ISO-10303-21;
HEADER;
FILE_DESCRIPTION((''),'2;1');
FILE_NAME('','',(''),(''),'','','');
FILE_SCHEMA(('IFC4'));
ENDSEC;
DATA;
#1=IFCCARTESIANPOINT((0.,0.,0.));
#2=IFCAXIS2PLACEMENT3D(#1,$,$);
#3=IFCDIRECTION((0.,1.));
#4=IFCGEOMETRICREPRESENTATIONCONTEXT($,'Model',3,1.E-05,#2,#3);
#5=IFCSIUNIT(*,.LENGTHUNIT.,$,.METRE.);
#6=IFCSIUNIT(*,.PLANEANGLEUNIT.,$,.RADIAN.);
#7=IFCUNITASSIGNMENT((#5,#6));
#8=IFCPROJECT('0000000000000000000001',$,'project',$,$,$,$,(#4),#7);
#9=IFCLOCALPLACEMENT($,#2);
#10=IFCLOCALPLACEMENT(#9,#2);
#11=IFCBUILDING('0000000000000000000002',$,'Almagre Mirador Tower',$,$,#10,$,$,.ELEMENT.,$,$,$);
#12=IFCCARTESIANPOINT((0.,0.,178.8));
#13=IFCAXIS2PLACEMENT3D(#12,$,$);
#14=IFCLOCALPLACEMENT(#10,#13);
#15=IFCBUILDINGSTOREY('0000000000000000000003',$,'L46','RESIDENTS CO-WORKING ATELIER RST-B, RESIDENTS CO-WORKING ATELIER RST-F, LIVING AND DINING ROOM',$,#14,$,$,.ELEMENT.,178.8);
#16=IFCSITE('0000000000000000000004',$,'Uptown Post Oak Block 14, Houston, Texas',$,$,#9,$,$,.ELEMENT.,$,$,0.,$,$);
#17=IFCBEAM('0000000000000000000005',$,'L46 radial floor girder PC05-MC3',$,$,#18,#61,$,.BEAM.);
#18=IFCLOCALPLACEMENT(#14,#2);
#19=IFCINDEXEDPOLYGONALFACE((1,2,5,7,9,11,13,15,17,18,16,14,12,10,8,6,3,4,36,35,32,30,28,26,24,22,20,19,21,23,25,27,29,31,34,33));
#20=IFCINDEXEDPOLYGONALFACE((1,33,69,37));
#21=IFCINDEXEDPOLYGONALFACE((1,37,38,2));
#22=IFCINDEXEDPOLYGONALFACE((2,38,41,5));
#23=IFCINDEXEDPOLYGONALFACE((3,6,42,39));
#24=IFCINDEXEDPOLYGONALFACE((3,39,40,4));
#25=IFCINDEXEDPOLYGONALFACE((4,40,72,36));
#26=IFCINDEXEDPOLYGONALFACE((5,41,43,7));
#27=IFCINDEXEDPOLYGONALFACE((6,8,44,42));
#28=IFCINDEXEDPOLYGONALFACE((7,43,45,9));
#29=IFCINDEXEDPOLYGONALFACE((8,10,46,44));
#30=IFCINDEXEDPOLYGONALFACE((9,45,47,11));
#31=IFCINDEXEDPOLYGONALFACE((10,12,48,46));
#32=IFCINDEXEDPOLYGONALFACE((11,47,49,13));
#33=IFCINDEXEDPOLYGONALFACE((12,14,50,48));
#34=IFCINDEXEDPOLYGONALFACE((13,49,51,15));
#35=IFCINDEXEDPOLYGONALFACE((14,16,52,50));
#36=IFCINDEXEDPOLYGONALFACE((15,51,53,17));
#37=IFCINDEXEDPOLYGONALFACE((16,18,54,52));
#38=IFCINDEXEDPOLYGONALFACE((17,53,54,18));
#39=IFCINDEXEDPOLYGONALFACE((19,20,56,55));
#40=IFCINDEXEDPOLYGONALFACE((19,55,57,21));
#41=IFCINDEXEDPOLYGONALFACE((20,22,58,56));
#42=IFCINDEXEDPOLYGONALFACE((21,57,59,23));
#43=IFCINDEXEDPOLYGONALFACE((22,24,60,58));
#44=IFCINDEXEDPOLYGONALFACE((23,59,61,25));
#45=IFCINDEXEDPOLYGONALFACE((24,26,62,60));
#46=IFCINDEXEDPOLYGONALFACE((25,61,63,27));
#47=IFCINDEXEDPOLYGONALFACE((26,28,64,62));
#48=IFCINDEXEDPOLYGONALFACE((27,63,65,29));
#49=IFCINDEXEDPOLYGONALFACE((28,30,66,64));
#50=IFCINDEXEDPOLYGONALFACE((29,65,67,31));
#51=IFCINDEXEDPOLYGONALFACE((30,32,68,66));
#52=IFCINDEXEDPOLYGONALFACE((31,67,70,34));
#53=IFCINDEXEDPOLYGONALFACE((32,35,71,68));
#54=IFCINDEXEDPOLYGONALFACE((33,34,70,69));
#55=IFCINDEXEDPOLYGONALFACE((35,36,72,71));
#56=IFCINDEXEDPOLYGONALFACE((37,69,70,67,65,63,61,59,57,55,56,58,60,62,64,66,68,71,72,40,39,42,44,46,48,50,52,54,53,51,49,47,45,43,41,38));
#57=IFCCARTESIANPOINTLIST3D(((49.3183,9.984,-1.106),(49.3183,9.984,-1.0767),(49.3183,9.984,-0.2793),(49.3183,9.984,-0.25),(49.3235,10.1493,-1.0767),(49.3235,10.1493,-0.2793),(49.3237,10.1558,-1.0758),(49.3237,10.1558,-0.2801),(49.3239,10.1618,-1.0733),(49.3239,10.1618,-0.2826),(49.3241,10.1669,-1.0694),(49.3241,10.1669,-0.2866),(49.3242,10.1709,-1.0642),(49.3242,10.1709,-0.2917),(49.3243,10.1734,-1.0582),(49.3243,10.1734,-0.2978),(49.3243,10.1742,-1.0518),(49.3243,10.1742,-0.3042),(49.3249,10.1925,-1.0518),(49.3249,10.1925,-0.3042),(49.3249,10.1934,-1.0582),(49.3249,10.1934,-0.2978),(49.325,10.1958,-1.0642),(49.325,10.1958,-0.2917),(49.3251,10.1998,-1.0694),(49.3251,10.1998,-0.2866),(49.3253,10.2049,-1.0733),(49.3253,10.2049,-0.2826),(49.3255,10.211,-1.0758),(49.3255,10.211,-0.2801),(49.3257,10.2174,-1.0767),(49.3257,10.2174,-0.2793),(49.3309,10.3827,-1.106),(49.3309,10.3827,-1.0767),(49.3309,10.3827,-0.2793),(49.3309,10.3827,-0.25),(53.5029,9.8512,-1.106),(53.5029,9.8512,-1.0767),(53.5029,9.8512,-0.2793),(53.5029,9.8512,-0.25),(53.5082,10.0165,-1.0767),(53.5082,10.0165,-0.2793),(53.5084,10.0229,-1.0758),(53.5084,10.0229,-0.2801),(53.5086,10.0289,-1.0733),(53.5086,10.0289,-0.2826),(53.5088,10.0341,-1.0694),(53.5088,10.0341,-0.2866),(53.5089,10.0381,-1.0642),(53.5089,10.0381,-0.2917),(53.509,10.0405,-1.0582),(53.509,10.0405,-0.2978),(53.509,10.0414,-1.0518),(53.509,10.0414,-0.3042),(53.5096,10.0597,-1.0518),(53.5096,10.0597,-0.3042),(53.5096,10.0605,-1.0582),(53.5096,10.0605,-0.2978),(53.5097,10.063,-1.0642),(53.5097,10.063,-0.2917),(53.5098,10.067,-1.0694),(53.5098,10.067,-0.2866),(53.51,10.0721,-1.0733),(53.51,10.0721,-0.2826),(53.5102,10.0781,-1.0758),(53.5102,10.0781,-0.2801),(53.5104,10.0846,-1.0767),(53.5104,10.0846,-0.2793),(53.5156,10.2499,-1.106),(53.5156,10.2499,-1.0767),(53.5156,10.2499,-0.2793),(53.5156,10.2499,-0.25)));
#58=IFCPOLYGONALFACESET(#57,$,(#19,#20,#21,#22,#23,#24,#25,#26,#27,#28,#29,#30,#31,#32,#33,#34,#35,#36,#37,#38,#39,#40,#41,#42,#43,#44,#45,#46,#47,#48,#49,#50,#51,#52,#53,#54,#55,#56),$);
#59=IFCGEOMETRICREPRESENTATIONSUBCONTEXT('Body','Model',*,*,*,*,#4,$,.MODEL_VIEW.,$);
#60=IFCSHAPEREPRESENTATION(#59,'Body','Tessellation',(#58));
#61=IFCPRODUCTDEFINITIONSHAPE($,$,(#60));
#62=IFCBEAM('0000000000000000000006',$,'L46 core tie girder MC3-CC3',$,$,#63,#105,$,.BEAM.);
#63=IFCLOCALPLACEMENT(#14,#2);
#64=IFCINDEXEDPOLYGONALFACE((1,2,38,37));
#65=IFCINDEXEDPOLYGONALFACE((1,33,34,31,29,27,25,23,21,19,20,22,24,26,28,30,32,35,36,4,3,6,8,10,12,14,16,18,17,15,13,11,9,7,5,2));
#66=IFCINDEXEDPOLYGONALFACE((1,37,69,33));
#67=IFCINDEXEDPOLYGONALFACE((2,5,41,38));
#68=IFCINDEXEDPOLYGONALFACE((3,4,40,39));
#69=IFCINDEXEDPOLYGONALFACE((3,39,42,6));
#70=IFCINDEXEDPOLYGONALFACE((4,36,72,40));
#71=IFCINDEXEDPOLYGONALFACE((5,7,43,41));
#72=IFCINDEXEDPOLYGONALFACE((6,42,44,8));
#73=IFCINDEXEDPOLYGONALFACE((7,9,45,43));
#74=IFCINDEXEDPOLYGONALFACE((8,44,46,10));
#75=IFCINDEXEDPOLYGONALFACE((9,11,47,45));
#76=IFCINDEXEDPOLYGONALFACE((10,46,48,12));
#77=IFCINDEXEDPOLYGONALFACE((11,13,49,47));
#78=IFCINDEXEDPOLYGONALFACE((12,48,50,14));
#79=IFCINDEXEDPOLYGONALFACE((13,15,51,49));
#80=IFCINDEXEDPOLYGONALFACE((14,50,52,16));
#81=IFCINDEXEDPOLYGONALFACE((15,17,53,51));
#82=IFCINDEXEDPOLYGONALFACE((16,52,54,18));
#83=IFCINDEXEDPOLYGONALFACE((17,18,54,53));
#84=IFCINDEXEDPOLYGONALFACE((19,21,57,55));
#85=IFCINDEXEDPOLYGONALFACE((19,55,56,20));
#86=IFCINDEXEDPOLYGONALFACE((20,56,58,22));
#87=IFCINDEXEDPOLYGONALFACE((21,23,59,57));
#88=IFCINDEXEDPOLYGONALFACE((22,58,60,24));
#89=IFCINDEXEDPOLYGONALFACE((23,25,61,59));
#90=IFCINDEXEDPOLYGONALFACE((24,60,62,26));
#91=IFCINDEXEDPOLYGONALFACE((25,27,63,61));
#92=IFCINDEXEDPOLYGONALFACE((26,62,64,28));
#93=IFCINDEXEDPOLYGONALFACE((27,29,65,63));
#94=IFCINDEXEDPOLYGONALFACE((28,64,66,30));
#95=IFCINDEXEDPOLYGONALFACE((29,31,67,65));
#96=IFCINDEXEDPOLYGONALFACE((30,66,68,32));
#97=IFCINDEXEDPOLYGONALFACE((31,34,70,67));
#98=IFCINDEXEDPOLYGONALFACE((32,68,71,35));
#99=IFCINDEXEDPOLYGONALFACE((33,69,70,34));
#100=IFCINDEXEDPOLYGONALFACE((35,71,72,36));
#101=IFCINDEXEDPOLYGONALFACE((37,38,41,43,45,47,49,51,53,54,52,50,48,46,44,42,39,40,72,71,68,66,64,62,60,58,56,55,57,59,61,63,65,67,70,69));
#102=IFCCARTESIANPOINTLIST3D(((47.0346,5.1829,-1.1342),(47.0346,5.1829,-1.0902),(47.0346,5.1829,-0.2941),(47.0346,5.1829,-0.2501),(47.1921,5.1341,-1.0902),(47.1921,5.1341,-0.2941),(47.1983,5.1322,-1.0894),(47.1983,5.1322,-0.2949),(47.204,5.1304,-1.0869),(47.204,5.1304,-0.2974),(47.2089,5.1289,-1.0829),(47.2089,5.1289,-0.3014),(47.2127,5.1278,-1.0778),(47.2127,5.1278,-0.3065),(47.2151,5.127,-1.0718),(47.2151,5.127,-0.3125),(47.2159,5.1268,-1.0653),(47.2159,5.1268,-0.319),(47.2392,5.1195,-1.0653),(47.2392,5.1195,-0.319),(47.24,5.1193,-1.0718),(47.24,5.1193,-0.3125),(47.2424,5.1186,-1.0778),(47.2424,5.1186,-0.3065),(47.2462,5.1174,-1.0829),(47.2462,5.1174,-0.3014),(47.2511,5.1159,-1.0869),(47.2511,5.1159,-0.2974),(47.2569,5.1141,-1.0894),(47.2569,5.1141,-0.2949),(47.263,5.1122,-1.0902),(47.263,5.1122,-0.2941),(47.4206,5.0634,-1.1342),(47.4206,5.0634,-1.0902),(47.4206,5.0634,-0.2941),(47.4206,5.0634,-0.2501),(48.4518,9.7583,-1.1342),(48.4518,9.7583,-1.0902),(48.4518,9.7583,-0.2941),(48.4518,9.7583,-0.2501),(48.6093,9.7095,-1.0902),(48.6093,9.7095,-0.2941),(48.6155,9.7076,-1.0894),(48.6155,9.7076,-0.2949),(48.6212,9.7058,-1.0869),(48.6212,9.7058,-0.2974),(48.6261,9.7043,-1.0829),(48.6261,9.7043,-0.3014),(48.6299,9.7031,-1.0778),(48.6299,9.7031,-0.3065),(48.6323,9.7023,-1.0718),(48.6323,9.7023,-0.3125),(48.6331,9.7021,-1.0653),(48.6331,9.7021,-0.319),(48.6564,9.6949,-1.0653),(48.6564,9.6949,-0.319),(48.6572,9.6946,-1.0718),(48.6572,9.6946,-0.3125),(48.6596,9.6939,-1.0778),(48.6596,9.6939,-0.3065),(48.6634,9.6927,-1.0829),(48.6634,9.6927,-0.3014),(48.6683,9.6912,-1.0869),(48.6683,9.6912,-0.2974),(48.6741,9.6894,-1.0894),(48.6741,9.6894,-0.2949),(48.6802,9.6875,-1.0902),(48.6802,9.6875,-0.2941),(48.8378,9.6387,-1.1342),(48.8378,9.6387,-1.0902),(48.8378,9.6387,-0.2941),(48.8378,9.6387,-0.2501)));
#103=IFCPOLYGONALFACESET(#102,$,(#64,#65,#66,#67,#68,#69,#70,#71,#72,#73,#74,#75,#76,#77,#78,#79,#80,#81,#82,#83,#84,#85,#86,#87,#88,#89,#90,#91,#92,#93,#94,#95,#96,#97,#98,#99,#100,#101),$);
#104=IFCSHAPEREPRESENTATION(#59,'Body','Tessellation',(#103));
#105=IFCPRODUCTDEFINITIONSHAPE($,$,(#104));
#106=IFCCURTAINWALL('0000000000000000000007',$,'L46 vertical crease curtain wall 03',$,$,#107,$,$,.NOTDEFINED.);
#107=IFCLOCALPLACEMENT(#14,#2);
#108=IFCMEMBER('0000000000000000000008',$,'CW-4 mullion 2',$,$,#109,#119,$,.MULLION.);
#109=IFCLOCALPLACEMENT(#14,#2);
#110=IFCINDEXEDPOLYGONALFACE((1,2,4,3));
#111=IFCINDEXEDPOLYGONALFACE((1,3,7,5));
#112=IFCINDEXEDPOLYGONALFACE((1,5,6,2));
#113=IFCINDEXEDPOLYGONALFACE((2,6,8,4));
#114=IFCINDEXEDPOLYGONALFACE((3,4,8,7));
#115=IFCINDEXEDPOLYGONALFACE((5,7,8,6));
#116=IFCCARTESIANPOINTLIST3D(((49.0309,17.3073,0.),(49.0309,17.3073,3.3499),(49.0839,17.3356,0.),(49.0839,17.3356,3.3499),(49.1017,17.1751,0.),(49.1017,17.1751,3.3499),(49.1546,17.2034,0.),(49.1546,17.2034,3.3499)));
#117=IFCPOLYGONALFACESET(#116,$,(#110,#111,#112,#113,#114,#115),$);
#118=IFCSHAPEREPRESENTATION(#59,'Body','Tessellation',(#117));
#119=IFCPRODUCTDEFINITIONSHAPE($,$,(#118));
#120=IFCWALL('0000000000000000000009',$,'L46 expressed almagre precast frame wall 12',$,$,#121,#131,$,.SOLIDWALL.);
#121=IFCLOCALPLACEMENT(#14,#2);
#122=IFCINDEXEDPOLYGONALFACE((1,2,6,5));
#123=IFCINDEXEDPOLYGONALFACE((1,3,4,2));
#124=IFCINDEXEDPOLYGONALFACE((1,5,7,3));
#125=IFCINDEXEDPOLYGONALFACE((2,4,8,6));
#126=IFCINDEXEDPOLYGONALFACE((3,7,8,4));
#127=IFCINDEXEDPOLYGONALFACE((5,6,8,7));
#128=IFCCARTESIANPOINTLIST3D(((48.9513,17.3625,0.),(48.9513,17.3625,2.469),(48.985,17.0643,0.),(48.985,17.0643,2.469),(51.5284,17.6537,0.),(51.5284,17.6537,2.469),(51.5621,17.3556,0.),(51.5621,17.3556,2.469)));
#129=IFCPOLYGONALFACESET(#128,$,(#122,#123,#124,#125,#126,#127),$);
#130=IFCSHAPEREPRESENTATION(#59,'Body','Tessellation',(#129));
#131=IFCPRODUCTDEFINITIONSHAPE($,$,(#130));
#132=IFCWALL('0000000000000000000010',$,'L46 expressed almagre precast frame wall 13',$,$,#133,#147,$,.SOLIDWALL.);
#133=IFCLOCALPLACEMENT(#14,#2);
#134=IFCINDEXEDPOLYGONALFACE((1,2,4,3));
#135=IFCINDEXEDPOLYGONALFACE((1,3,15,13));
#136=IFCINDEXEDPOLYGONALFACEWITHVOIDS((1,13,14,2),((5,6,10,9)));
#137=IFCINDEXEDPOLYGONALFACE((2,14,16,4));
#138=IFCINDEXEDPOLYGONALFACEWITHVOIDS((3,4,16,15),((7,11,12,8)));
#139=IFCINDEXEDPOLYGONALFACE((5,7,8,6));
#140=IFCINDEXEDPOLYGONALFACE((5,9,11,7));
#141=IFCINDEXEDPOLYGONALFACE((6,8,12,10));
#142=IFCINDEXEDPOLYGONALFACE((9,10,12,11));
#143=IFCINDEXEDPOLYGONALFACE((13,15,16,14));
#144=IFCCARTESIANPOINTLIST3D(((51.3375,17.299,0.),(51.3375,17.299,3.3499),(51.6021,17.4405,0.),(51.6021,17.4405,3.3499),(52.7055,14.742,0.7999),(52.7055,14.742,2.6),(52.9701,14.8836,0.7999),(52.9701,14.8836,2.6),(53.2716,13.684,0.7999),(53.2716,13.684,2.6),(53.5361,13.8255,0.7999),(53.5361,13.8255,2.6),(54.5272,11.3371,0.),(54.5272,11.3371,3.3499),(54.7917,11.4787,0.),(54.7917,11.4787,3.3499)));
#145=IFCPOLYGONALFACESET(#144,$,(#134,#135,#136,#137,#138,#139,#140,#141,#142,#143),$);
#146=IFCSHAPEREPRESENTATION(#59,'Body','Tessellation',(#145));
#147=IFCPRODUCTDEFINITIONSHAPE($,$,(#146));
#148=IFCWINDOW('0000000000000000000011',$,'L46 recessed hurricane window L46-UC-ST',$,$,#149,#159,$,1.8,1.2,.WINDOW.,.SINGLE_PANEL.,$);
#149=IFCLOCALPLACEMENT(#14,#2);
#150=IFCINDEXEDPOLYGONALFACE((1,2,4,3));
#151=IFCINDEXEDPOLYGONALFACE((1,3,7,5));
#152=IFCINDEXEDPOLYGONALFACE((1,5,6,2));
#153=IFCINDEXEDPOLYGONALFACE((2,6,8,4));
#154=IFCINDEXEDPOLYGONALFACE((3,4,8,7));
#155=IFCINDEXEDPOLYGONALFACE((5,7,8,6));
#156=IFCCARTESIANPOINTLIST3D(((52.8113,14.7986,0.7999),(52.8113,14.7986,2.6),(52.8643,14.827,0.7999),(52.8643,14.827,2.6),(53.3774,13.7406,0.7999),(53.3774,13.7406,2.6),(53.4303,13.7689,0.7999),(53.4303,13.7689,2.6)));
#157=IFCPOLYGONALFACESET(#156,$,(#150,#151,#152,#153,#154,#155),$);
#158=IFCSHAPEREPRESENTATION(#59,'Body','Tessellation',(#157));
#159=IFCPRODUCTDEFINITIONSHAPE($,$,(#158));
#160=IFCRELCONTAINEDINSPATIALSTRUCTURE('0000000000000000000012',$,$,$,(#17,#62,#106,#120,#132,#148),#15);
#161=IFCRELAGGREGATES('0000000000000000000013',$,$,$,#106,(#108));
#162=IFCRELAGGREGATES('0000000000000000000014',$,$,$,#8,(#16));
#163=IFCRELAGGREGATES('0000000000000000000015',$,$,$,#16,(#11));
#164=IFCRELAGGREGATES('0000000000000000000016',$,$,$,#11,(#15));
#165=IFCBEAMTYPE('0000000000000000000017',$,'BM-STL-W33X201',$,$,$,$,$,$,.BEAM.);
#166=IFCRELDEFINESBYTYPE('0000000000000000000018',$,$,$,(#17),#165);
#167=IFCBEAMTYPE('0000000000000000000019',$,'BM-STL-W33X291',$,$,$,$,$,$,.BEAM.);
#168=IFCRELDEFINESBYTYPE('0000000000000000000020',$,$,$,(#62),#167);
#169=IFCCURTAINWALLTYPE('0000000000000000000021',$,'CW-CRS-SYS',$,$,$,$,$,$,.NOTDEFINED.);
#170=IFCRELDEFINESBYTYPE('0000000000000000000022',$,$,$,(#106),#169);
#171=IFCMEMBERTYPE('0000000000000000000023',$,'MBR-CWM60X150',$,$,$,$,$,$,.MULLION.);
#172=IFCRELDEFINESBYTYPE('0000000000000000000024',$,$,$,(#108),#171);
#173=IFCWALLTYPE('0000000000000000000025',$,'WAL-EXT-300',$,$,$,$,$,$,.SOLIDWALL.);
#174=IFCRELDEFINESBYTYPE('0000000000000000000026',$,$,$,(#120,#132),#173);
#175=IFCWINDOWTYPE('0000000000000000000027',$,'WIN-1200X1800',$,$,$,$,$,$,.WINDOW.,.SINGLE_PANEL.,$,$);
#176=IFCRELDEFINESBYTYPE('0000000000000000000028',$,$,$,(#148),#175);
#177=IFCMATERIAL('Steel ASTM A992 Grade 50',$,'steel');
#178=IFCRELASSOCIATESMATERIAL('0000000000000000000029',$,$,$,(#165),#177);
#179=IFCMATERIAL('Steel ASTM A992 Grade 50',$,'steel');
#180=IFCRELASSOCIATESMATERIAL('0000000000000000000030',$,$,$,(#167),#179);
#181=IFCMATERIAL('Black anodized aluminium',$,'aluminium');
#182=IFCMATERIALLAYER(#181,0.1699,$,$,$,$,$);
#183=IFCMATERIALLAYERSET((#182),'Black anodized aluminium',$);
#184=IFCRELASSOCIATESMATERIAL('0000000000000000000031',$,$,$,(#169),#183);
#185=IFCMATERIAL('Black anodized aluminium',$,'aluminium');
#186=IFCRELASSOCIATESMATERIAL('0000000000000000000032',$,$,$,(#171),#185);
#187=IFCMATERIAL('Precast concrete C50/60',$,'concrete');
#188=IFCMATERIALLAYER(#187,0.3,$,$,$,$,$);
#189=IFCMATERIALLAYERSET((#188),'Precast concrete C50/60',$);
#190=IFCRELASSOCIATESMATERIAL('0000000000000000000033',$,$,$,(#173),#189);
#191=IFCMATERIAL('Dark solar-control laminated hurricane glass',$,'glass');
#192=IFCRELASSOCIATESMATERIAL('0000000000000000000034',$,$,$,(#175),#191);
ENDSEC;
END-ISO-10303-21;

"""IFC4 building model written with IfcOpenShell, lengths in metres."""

from ifc_helpers import new_model, si_unit, direction, frame, frame_2d, origin, origin_2d, place, context, subcontext, project, spatial, rectangle, i_section, extrude, material, layer, layer_set, material_profile, profile_set, type_object, element, fill, aggregate, save


model = new_model("IFC4")

# Units and contexts
model_context = context("Model", 3, precision=1e-05, world=origin(), true_north=direction((0.0, 1.0)))
body_context = subcontext(model_context, "Body", "Model", "MODEL_VIEW")
ifc_project = project(units=[si_unit("LENGTHUNIT", "METRE"), si_unit("PLANEANGLEUNIT", "RADIAN")], contexts=[model_context])

# Site, building, storey
site_placement = place(None, origin())
site = spatial("IfcSite", under=ifc_project, at=site_placement, Name="Uptown Post Oak Block 14, Houston, Texas", CompositionType="ELEMENT", RefElevation=0.0)
building_placement = place(site_placement, origin())
building = spatial("IfcBuilding", under=site, at=building_placement, Name="Almagre Mirador Tower", CompositionType="ELEMENT")
storey_placement = place(building_placement, frame((0.0, 0.0, 178.8)))
storey = spatial("IfcBuildingStorey", under=building, at=storey_placement, Name="L46", Description="RESIDENTS CO-WORKING ATELIER RST-B, RESIDENTS CO-WORKING ATELIER RST-F, LIVING AND DINING ROOM", CompositionType="ELEMENT", Elevation=178.8)

# Beams
ifc_material_1 = material(Name="Steel ASTM A992 Grade 50", Category="steel")
ifc_material_profile_1 = material_profile(ifc_material_1, i_section(OverallWidth=0.3989, OverallDepth=0.856, WebThickness=0.0183, FlangeThickness=0.0293, FilletRadius=0.0249, at=origin_2d()), Name="W33X201")
ifc_profile_set_1 = profile_set([ifc_material_profile_1], Name="Steel ASTM A992 Grade 50")
beam_type_1 = type_object("IfcBeamType", Name="BM-STL-W33X201", PredefinedType="BEAM", material=ifc_profile_set_1)
beam_1_placement = place(storey_placement, frame((53.5093, 10.0505, -0.678), z_axis=(-0.999497, 0.031723, 0.0), x_axis=(-0.031723, -0.999497, 0.0)))
element("IfcBeam", 1, at=beam_1_placement, inside=storey, type_object=beam_type_1, Name="L46 radial floor girder PC05-MC3", PredefinedType="BEAM", context=body_context, shape_type="SweptSolid", body=[
    extrude(i_section(OverallWidth=0.3989, OverallDepth=0.856, WebThickness=0.0183, FlangeThickness=0.0293, FilletRadius=0.0249, at=origin_2d()), origin(), (0.0, 0.0, 1.0), 4.1868),
])
ifc_material_2 = material(Name="Steel ASTM A992 Grade 50", Category="steel")
ifc_material_profile_2 = material_profile(ifc_material_2, i_section(OverallWidth=0.4041, OverallDepth=0.884, WebThickness=0.0244, FlangeThickness=0.0439, FilletRadius=0.0249, at=origin_2d()), Name="W33X291")
ifc_profile_set_2 = profile_set([ifc_material_profile_2], Name="Steel ASTM A992 Grade 50")
beam_type_2 = type_object("IfcBeamType", Name="BM-STL-W33X291", PredefinedType="BEAM", material=ifc_profile_set_2)
beam_2_placement = place(storey_placement, frame((48.6448, 9.6985, -0.6921), z_axis=(-0.29588, -0.955225, 0.0), x_axis=(0.955225, -0.29588, 0.0)))
element("IfcBeam", 2, at=beam_2_placement, inside=storey, type_object=beam_type_2, Name="L46 core tie girder MC3-CC3", PredefinedType="BEAM", context=body_context, shape_type="SweptSolid", body=[
    extrude(i_section(OverallWidth=0.4041, OverallDepth=0.884, WebThickness=0.0244, FlangeThickness=0.0439, FilletRadius=0.0249, at=origin_2d()), origin(), (0.0, 0.0, 1.0), 4.7898),
])

# Curtain wall, member
ifc_material_3 = material(Name="Black anodized aluminium", Category="aluminium")
ifc_layer_1 = layer(ifc_material_3, 0.1699)
ifc_layer_set_1 = layer_set([ifc_layer_1], Name="Black anodized aluminium")
curtain_wall_type = type_object("IfcCurtainWallType", Name="CW-CRS-SYS", PredefinedType="NOTDEFINED", material=ifc_layer_set_1)
curtain_wall_placement = place(storey_placement, origin())
curtain_wall = element("IfcCurtainWall", 3, at=curtain_wall_placement, inside=storey, type_object=curtain_wall_type, Name="L46 vertical crease curtain wall 03", PredefinedType="NOTDEFINED")
ifc_material_4 = material(Name="Black anodized aluminium", Category="aluminium")
ifc_material_profile_3 = material_profile(ifc_material_4, rectangle(XDim=0.0601, YDim=0.1499, at=origin_2d()), Name="CWM60X150")
ifc_profile_set_3 = profile_set([ifc_material_profile_3], Name="Black anodized aluminium")
member_type = type_object("IfcMemberType", Name="MBR-CWM60X150", PredefinedType="MULLION", material=ifc_profile_set_3)
member_placement = place(storey_placement, frame((49.0928, 17.2554, 0.0), z_axis=(0.0, 0.0, 1.0), x_axis=(0.881743, 0.47173, 0.0)))
member = element("IfcMember", 4, at=member_placement, type_object=member_type, Name="CW-4 mullion 2", PredefinedType="MULLION", context=body_context, shape_type="SweptSolid", body=[
    extrude(rectangle(XDim=0.0601, YDim=0.1499, at=origin_2d()), origin(), (0.0, 0.0, 1.0), 3.3499),
])
aggregate(curtain_wall, [member])

# Wall
ifc_material_5 = material(Name="Precast concrete C50/60", Category="concrete")
ifc_layer_2 = layer(ifc_material_5, 0.3)
ifc_layer_set_2 = layer_set([ifc_layer_2], Name="Precast concrete C50/60")
wall_type_1 = type_object("IfcWallType", Name="WAL-EXT-300", PredefinedType="SOLIDWALL", material=ifc_layer_set_2)
wall_1_placement = place(storey_placement, frame((48.968, 17.2134, 0.0), z_axis=(0.0, 0.0, 1.0), x_axis=(0.993674, 0.112301, 0.0)))
element("IfcWall", 5, at=wall_1_placement, inside=storey, type_object=wall_type_1, Name="L46 expressed almagre precast frame wall 12", PredefinedType="SOLIDWALL", context=body_context, shape_type="SweptSolid", body=[
    extrude(rectangle(XDim=2.5935, YDim=0.3, at=frame_2d((1.2969, 0.0))), origin(), (0.0, 0.0, 1.0), 2.469),
])

# Wall, opening, window
wall_2_placement = place(storey_placement, frame((51.4697, 17.3699, 0.0), z_axis=(0.0, 0.0, 1.0), x_axis=(0.47174, -0.881737, 0.0)))
wall_2 = element("IfcWall", 6, at=wall_2_placement, inside=storey, type_object=wall_type_1, Name="L46 expressed almagre precast frame wall 13", PredefinedType="SOLIDWALL", context=body_context, shape_type="SweptSolid", body=[
    extrude(rectangle(XDim=6.7615, YDim=0.3, at=frame_2d((3.3809, 0.0))), origin(), (0.0, 0.0, 1.0), 3.3499),
])
opening_1_placement = place(wall_2_placement, frame((2.8999, 0.0, 0.8)))
opening_1 = element("IfcOpeningElement", 7, at=opening_1_placement, cuts=wall_2, PredefinedType="OPENING", context=body_context, shape_type="SweptSolid", body=[
    extrude(rectangle(XDim=1.2, YDim=1.8, at=frame_2d((0.6001, 0.8999))), frame((0.0, 0.1599, 0.0), z_axis=(0.0, -1.0, 0.0), x_axis=(1.0, 0.0, 0.0)), (0.0, 0.0, 1.0), 0.32),
])
ifc_material_6 = material(Name="Dark solar-control laminated hurricane glass", Category="glass")
window_type_1 = type_object("IfcWindowType", Name="WIN-1200X1800", PartitioningType="SINGLE_PANEL", PredefinedType="WINDOW", material=ifc_material_6)
window_1_placement = place(opening_1_placement, origin())
window_1 = element("IfcWindow", 8, at=window_1_placement, inside=storey, type_object=window_type_1, Name="L46 recessed hurricane window L46-UC-ST", OverallHeight=1.8, OverallWidth=1.2, PartitioningType="SINGLE_PANEL", PredefinedType="WINDOW", context=body_context, shape_type="SweptSolid", body=[
    extrude(rectangle(XDim=1.2, YDim=1.8, at=frame_2d((0.6001, 0.8999))), frame((0.0, 0.03, 0.0), z_axis=(0.0, -1.0, 0.0), x_axis=(1.0, 0.0, 0.0)), (0.0, 0.0, 1.0), 0.0601),
])
fill(opening_1, window_1)

save(model, "model.ifc")
